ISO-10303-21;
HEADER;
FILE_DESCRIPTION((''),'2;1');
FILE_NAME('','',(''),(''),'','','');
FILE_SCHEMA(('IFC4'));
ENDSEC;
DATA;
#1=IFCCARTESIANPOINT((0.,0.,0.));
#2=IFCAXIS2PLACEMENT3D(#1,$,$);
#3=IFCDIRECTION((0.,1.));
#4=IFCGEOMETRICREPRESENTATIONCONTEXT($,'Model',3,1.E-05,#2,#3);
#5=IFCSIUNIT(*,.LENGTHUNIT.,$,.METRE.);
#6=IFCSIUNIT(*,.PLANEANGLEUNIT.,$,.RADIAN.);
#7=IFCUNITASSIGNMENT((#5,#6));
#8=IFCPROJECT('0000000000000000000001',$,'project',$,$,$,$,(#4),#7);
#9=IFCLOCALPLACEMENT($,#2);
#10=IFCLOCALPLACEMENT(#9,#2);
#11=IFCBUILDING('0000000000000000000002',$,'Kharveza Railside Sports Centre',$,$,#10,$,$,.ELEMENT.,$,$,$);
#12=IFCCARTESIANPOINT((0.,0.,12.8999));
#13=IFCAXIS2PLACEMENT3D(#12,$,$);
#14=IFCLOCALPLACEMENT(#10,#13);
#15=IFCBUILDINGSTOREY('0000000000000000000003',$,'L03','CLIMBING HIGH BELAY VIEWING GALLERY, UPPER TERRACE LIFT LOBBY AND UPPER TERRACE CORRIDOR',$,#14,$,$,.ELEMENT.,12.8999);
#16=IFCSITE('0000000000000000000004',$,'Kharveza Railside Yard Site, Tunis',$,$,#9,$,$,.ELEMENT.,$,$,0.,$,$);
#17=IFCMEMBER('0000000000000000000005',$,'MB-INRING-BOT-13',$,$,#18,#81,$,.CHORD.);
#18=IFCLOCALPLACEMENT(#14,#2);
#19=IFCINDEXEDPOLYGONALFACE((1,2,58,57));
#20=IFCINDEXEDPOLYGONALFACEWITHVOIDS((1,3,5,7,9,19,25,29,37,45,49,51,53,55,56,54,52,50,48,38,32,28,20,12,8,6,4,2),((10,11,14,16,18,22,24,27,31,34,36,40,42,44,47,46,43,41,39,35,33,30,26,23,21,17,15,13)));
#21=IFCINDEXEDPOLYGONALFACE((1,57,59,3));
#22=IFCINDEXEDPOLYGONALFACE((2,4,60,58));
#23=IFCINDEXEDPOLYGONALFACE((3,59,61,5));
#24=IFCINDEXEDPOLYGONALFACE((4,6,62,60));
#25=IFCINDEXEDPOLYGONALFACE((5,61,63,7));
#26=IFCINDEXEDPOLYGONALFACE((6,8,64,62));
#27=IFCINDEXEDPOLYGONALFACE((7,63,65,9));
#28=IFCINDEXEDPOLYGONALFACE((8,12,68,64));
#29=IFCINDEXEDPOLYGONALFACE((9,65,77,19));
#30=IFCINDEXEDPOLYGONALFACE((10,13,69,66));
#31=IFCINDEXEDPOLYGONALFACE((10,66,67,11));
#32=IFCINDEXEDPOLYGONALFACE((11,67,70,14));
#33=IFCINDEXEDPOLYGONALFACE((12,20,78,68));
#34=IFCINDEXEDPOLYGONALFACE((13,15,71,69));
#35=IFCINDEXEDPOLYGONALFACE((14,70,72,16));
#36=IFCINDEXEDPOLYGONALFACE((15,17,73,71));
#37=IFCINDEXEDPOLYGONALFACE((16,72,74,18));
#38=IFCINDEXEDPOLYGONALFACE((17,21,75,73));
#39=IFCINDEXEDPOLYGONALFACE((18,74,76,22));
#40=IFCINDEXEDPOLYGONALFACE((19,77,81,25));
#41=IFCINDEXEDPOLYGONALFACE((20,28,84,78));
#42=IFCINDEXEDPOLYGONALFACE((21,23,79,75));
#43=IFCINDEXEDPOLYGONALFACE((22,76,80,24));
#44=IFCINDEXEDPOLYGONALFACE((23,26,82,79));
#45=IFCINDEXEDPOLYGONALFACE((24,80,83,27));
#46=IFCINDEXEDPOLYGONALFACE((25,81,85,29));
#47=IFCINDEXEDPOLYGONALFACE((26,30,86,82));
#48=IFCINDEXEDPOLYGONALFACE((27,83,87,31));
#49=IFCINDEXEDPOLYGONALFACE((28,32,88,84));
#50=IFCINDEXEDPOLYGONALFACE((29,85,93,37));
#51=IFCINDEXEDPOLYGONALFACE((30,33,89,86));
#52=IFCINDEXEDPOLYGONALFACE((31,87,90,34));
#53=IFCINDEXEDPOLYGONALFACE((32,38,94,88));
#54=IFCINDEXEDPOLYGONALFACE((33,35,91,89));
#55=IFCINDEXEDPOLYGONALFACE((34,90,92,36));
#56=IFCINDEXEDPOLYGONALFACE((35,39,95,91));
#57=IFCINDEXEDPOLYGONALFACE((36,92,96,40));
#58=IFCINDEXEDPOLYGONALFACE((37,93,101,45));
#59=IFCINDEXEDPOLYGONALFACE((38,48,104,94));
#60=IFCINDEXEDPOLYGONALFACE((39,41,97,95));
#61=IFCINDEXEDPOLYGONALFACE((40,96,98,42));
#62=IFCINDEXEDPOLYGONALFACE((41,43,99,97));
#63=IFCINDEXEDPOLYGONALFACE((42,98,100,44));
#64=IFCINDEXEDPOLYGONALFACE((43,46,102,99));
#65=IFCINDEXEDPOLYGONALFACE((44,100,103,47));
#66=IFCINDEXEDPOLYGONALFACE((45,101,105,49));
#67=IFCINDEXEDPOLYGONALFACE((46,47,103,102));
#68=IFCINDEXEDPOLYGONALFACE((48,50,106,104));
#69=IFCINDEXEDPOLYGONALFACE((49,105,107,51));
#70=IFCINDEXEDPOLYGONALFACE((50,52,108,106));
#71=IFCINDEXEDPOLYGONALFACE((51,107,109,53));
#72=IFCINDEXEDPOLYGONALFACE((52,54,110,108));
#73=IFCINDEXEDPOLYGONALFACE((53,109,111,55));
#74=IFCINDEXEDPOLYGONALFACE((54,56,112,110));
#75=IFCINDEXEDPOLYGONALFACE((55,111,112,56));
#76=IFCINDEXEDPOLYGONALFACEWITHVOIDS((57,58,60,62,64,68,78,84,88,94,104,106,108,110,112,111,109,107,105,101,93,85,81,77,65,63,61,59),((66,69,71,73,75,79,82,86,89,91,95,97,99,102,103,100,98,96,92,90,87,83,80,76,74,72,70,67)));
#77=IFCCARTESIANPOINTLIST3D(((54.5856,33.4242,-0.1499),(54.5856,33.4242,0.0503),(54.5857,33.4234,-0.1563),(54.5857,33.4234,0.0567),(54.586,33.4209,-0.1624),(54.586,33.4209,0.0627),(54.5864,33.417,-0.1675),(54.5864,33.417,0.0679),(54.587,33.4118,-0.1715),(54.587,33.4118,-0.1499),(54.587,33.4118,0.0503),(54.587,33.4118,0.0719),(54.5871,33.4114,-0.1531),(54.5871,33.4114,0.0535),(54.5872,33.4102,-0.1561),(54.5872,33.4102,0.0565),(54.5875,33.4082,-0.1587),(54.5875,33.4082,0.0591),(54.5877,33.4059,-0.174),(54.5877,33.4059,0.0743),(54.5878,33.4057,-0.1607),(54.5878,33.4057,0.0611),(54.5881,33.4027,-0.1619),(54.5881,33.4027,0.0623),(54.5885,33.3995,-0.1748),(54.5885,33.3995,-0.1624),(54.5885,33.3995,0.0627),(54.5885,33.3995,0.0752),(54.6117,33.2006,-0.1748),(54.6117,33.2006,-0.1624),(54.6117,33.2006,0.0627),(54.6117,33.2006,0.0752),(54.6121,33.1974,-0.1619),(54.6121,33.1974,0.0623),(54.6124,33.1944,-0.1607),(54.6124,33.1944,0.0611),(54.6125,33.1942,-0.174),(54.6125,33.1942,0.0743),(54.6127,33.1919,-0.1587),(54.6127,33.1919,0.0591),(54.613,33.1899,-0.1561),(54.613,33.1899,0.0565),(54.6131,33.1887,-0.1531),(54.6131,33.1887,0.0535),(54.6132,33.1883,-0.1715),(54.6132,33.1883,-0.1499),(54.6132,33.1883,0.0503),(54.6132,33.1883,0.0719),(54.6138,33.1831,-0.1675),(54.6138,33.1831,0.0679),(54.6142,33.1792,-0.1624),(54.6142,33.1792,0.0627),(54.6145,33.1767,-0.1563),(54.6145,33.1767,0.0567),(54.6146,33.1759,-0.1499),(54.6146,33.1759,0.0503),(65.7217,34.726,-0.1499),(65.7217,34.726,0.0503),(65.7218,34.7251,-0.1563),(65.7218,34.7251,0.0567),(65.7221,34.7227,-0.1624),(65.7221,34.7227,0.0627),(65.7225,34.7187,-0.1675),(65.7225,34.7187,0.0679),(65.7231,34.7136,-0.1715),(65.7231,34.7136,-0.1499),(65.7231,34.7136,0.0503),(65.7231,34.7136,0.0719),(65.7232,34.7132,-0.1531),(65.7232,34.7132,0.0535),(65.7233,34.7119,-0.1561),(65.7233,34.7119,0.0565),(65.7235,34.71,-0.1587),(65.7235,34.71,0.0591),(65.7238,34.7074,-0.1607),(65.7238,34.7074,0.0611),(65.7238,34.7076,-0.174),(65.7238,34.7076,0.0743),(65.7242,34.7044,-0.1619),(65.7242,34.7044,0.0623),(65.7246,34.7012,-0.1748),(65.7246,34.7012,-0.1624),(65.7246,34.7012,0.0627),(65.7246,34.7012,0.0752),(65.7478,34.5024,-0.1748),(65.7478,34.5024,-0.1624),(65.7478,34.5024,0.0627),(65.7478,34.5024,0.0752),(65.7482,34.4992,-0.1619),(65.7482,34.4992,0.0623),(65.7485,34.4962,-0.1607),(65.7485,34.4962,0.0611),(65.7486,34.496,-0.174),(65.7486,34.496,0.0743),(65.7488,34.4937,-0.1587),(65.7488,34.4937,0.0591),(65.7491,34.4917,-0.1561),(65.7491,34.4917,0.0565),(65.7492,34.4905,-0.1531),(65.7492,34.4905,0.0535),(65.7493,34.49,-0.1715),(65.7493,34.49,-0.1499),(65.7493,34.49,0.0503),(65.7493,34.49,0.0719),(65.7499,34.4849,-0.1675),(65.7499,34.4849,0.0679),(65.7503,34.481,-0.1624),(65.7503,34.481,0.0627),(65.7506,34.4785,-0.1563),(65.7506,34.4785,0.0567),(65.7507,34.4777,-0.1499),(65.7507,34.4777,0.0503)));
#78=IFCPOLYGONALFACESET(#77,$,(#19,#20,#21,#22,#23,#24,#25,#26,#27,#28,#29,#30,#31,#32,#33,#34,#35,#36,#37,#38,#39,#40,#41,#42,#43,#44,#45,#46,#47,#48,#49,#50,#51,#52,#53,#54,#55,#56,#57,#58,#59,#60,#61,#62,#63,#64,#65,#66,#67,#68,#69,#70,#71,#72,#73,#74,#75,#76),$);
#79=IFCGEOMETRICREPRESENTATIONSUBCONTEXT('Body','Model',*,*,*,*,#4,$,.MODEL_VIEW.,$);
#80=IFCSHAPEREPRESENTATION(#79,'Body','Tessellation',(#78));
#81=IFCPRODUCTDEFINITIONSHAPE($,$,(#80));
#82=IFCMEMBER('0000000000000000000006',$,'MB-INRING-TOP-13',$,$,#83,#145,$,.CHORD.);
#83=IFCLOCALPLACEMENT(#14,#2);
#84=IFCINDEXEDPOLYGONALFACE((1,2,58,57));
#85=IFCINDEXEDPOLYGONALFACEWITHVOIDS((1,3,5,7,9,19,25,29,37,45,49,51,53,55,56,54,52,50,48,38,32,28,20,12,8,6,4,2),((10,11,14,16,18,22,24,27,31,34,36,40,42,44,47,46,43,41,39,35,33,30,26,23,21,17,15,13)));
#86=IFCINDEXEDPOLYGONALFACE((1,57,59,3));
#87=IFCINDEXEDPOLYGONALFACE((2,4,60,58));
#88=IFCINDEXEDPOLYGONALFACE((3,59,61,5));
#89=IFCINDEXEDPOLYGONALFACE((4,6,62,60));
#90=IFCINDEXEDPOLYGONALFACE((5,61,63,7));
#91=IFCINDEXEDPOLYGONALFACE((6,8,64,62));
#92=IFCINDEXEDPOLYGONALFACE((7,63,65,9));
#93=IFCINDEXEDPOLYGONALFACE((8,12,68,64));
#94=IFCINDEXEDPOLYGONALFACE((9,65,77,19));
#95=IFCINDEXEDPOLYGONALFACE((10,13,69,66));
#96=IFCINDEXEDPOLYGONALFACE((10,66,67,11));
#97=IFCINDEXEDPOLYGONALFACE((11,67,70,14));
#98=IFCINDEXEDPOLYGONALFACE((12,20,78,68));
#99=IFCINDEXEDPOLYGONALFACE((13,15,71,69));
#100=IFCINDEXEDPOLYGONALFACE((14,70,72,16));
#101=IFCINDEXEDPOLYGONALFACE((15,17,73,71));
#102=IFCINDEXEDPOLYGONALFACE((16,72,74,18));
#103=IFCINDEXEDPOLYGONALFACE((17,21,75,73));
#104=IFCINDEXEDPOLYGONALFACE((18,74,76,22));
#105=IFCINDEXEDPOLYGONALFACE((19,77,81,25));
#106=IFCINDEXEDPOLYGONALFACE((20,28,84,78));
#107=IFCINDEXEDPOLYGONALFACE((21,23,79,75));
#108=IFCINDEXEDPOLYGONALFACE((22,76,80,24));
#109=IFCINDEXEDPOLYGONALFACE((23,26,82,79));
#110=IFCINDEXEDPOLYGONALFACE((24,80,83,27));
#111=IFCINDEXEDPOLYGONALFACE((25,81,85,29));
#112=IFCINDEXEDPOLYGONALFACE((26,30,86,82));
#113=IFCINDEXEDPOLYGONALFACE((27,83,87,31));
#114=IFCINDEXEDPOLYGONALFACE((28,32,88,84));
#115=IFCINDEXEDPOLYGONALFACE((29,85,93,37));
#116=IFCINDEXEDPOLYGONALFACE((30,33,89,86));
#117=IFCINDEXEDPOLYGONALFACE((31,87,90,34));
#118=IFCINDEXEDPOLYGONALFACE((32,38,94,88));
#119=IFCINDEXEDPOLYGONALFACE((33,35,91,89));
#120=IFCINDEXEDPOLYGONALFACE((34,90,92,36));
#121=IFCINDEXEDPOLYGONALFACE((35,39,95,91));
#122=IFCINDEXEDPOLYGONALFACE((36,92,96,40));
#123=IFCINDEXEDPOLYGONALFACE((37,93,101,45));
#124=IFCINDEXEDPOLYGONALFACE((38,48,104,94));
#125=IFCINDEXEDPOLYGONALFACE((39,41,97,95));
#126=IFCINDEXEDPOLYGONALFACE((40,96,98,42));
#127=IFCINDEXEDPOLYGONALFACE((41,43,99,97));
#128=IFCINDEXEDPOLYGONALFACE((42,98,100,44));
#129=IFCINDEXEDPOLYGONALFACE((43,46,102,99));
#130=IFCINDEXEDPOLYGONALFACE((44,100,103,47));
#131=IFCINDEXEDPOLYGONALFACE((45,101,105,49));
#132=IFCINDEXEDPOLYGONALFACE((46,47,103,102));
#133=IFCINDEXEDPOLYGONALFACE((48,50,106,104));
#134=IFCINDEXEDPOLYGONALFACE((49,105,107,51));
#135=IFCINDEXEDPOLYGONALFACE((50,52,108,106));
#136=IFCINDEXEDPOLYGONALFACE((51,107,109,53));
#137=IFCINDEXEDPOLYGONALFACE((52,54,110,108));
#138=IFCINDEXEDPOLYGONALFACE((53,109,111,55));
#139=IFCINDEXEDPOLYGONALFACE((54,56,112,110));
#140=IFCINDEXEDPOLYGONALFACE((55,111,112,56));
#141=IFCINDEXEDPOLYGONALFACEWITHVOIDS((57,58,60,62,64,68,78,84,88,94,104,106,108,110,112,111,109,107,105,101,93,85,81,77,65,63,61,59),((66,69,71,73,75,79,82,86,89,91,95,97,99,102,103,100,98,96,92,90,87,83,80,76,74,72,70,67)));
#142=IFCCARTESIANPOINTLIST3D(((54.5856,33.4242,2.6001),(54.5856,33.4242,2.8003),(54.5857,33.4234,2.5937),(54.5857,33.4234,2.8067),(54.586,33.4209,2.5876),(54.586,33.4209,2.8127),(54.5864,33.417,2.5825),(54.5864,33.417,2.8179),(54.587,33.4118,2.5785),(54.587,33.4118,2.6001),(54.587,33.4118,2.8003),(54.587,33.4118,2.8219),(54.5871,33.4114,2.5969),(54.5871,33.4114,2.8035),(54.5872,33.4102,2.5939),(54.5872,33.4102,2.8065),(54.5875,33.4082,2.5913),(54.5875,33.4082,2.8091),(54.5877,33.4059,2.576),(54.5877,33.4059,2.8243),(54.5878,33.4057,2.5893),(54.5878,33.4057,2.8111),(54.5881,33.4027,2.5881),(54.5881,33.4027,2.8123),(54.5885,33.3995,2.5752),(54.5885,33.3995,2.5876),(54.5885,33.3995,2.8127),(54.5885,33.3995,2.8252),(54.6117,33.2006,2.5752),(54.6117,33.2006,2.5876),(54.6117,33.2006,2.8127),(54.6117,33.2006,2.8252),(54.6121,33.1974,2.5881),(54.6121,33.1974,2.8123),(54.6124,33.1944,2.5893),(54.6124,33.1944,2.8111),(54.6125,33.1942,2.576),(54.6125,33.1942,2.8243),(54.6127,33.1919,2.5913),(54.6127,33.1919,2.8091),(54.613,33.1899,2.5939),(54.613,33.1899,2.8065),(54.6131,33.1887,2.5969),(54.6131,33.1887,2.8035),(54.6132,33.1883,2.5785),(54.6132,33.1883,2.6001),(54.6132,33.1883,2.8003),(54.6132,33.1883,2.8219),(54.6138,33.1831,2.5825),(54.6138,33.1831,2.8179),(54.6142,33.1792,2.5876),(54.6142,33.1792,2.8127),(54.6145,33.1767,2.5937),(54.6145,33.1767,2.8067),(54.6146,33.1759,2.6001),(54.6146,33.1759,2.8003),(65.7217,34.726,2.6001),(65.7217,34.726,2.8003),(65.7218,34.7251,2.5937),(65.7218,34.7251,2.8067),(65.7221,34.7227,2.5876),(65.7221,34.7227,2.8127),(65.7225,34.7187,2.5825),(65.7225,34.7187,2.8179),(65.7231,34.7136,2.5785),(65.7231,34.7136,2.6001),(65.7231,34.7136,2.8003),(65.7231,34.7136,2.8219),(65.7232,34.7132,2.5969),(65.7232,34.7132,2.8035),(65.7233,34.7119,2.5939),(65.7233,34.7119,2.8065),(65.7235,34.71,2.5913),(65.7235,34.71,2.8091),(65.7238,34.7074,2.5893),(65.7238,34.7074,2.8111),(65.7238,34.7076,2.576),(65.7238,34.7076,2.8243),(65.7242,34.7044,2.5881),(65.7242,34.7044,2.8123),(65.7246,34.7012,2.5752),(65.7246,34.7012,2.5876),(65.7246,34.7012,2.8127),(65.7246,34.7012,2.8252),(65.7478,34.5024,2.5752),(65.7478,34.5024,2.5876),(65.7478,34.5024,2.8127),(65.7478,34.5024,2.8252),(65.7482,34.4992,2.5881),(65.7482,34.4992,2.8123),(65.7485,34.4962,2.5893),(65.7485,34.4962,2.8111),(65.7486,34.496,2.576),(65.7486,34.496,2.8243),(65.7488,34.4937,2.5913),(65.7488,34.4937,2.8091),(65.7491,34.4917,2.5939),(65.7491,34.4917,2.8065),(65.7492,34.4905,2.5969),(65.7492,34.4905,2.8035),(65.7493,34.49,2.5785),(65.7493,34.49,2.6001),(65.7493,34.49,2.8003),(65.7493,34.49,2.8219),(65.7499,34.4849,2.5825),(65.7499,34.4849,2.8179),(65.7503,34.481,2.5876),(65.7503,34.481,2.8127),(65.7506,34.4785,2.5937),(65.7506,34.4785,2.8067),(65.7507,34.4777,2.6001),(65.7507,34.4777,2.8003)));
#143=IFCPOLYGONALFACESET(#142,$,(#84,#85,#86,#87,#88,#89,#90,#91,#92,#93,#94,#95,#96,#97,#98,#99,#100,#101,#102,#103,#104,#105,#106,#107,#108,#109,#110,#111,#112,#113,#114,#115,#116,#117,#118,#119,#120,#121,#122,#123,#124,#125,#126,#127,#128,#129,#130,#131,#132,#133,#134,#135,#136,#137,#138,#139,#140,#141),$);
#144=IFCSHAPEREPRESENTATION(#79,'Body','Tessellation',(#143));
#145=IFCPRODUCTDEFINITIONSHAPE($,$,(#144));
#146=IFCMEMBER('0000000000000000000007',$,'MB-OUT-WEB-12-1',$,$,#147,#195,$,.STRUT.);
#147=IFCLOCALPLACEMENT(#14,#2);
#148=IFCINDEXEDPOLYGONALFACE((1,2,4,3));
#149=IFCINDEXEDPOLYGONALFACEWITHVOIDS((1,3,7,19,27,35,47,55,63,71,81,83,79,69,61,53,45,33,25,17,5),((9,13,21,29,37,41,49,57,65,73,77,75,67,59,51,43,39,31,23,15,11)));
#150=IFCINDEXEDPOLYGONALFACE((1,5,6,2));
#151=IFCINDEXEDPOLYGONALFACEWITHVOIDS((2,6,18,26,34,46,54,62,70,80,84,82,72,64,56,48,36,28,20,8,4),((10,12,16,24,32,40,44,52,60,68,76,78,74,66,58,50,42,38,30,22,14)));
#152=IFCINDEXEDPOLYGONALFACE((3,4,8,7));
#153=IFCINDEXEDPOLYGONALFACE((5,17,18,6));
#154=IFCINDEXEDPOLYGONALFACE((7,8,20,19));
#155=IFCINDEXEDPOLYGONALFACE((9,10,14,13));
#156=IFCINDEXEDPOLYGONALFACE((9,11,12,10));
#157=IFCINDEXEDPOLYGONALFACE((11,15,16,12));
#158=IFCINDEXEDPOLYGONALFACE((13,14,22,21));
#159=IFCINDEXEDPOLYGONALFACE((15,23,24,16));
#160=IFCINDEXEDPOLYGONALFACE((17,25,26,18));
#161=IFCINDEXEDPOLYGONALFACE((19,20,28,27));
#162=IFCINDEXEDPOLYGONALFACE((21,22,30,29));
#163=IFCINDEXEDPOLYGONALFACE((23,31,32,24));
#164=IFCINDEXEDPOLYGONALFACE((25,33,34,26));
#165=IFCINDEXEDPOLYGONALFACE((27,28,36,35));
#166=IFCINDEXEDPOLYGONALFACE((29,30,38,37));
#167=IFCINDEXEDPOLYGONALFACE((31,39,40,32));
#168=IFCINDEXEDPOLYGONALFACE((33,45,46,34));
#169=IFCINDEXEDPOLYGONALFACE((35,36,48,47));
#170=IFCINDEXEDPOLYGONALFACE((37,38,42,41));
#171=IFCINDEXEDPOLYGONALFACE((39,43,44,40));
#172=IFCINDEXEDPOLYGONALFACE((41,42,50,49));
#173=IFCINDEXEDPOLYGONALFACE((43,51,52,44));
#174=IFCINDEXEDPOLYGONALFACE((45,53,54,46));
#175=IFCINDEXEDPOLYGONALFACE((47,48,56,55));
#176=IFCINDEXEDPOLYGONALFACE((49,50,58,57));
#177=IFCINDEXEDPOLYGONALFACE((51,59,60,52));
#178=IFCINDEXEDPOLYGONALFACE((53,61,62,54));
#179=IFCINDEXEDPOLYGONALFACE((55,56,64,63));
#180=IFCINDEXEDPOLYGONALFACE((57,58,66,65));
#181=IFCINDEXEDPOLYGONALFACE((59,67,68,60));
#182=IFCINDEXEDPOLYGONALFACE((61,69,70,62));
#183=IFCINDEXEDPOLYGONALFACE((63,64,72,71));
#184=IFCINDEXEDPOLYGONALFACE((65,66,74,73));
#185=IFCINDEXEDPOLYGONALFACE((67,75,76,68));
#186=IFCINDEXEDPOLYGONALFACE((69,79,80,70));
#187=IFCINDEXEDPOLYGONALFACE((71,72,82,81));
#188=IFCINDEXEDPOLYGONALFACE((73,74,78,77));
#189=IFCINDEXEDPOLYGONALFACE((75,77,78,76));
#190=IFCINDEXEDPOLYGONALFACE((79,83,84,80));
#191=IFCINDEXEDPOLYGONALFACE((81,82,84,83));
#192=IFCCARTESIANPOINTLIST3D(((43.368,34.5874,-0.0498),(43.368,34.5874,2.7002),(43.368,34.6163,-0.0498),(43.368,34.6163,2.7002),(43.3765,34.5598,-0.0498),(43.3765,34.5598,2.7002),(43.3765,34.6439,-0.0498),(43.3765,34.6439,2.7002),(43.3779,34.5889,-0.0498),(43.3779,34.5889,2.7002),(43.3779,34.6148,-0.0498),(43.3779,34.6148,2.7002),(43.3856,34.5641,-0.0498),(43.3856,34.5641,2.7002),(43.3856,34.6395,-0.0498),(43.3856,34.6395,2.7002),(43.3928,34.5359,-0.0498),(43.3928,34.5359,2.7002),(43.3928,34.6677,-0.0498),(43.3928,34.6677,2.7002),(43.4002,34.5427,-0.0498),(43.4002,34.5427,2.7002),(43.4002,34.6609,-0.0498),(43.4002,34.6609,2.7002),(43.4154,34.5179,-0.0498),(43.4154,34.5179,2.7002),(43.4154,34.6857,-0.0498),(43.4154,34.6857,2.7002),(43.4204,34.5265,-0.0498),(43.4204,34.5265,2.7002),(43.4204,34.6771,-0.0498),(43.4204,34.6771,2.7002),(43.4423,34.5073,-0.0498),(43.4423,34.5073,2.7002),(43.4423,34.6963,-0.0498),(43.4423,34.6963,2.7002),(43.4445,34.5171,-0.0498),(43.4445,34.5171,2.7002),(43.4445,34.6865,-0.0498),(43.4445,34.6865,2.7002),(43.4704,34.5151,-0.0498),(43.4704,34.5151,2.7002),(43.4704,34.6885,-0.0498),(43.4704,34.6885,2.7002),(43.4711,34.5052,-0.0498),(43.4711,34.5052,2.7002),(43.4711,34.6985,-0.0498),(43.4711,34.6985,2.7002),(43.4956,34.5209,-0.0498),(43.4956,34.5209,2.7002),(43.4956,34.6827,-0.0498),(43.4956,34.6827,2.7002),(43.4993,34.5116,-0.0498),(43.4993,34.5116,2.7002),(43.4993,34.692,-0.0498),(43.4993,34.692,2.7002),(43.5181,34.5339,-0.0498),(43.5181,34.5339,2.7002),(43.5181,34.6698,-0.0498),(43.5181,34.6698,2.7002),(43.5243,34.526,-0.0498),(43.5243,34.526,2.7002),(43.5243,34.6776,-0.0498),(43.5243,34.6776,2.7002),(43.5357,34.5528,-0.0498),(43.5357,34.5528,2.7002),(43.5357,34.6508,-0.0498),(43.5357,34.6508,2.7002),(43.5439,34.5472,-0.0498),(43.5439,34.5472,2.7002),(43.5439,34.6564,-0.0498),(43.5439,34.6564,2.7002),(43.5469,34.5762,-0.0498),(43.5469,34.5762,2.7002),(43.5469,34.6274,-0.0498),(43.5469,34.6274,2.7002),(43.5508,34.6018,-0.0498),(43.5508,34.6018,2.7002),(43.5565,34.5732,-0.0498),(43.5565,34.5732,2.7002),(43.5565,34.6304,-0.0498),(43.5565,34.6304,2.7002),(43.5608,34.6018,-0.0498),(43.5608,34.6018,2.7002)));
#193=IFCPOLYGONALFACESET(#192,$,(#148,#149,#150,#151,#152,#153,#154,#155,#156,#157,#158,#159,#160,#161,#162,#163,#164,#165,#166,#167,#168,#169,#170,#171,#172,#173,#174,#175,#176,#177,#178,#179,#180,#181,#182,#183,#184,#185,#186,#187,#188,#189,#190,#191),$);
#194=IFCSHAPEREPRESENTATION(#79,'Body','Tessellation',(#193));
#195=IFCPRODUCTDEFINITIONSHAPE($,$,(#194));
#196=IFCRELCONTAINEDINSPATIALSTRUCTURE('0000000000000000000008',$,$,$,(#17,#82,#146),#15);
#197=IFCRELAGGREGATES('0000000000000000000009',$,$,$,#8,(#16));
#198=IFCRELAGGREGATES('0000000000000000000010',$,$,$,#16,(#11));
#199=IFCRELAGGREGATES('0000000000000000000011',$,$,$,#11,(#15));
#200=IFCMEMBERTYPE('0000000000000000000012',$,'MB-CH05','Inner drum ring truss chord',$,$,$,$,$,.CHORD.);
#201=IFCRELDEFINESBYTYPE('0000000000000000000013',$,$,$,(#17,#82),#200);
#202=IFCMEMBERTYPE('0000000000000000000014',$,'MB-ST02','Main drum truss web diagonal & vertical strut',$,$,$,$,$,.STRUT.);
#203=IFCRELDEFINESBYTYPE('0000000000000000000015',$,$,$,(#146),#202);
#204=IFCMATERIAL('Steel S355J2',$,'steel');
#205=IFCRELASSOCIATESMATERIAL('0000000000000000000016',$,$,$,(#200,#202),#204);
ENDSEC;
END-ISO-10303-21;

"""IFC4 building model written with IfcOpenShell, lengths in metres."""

from ifc_helpers import new_model, si_unit, direction, frame, origin, origin_2d, place, context, subcontext, project, spatial, hollow_rectangle, hollow_circle, extrude, material, material_profile, profile_set, type_object, element, save


model = new_model("IFC4")

# Units and contexts
model_context = context("Model", 3, precision=1e-05, world=origin(), true_north=direction((0.0, 1.0)))
body_context = subcontext(model_context, "Body", "Model", "MODEL_VIEW")
ifc_project = project(units=[si_unit("LENGTHUNIT", "METRE"), si_unit("PLANEANGLEUNIT", "RADIAN")], contexts=[model_context])

# Site, building, storey
site_placement = place(None, origin())
site = spatial("IfcSite", under=ifc_project, at=site_placement, Name="Kharveza Railside Yard Site, Tunis", CompositionType="ELEMENT", RefElevation=0.0)
building_placement = place(site_placement, origin())
building = spatial("IfcBuilding", under=site, at=building_placement, Name="Kharveza Railside Sports Centre", CompositionType="ELEMENT")
storey_placement = place(building_placement, frame((0.0, 0.0, 12.8999)))
storey = spatial("IfcBuildingStorey", under=building, at=storey_placement, Name="L03", Description="CLIMBING HIGH BELAY VIEWING GALLERY, UPPER TERRACE LIFT LOBBY AND UPPER TERRACE CORRIDOR", CompositionType="ELEMENT", Elevation=12.8999)

# Members
ifc_material = material(Name="Steel S355J2", Category="steel")
ifc_material_profile_1 = material_profile(ifc_material, hollow_rectangle(XDim=0.25, YDim=0.25, WallThickness=0.0125, InnerFilletRadius=0.0125, OuterFilletRadius=0.0249, at=origin_2d()), Name="SHS 250x250x12.5")
ifc_profile_set_1 = profile_set([ifc_material_profile_1], Name="Steel S355J2")
member_type_1 = type_object("IfcMemberType", Name="MB-CH05", Description="Inner drum ring truss chord", PredefinedType="CHORD", material=ifc_profile_set_1)
for number, where, z_axis, x_axis, name in (
    (1, (54.6001, 33.3, -0.0498), (0.993237, 0.116106, 0.0), (-0.116106, 0.993237, 0.0), "MB-INRING-BOT-13"),
    (2, (54.6001, 33.3, 2.7002), (0.993237, 0.116106, 0.0), (-0.116106, 0.993237, 0.0), "MB-INRING-TOP-13"),
):
    element("IfcMember", number, at=place(storey_placement, frame(where, z_axis=z_axis, x_axis=x_axis)), inside=storey, type_object=member_type_1, Name=name, PredefinedType="CHORD", context=body_context, shape_type="SweptSolid", body=[
        extrude(hollow_rectangle(XDim=0.25, YDim=0.25, WallThickness=0.0125, InnerFilletRadius=0.0125, OuterFilletRadius=0.0249, at=origin_2d()), origin(), (0.0, 0.0, 1.0), 11.2119),
    ])
ifc_material_profile_2 = material_profile(ifc_material, hollow_circle(Radius=0.0969, WallThickness=0.01, at=origin_2d()), Name="CHS 193.7x10.0")
ifc_profile_set_2 = profile_set([ifc_material_profile_2], Name="Steel S355J2")
member_type_2 = type_object("IfcMemberType", Name="MB-ST02", Description="Main drum truss web diagonal & vertical strut", PredefinedType="STRUT", material=ifc_profile_set_2)
member_1_placement = place(storey_placement, frame((43.4639, 34.6018, -0.0498), z_axis=(0.0, 0.0, 1.0), x_axis=(1.0, 0.0, 0.0)))
element("IfcMember", 3, at=member_1_placement, inside=storey, type_object=member_type_2, Name="MB-OUT-WEB-12-1", PredefinedType="STRUT", context=body_context, shape_type="SweptSolid", body=[
    extrude(hollow_circle(Radius=0.0969, WallThickness=0.01, at=origin_2d()), origin(), (0.0, 0.0, 1.0), 2.75),
])

save(model, "model.ifc")
